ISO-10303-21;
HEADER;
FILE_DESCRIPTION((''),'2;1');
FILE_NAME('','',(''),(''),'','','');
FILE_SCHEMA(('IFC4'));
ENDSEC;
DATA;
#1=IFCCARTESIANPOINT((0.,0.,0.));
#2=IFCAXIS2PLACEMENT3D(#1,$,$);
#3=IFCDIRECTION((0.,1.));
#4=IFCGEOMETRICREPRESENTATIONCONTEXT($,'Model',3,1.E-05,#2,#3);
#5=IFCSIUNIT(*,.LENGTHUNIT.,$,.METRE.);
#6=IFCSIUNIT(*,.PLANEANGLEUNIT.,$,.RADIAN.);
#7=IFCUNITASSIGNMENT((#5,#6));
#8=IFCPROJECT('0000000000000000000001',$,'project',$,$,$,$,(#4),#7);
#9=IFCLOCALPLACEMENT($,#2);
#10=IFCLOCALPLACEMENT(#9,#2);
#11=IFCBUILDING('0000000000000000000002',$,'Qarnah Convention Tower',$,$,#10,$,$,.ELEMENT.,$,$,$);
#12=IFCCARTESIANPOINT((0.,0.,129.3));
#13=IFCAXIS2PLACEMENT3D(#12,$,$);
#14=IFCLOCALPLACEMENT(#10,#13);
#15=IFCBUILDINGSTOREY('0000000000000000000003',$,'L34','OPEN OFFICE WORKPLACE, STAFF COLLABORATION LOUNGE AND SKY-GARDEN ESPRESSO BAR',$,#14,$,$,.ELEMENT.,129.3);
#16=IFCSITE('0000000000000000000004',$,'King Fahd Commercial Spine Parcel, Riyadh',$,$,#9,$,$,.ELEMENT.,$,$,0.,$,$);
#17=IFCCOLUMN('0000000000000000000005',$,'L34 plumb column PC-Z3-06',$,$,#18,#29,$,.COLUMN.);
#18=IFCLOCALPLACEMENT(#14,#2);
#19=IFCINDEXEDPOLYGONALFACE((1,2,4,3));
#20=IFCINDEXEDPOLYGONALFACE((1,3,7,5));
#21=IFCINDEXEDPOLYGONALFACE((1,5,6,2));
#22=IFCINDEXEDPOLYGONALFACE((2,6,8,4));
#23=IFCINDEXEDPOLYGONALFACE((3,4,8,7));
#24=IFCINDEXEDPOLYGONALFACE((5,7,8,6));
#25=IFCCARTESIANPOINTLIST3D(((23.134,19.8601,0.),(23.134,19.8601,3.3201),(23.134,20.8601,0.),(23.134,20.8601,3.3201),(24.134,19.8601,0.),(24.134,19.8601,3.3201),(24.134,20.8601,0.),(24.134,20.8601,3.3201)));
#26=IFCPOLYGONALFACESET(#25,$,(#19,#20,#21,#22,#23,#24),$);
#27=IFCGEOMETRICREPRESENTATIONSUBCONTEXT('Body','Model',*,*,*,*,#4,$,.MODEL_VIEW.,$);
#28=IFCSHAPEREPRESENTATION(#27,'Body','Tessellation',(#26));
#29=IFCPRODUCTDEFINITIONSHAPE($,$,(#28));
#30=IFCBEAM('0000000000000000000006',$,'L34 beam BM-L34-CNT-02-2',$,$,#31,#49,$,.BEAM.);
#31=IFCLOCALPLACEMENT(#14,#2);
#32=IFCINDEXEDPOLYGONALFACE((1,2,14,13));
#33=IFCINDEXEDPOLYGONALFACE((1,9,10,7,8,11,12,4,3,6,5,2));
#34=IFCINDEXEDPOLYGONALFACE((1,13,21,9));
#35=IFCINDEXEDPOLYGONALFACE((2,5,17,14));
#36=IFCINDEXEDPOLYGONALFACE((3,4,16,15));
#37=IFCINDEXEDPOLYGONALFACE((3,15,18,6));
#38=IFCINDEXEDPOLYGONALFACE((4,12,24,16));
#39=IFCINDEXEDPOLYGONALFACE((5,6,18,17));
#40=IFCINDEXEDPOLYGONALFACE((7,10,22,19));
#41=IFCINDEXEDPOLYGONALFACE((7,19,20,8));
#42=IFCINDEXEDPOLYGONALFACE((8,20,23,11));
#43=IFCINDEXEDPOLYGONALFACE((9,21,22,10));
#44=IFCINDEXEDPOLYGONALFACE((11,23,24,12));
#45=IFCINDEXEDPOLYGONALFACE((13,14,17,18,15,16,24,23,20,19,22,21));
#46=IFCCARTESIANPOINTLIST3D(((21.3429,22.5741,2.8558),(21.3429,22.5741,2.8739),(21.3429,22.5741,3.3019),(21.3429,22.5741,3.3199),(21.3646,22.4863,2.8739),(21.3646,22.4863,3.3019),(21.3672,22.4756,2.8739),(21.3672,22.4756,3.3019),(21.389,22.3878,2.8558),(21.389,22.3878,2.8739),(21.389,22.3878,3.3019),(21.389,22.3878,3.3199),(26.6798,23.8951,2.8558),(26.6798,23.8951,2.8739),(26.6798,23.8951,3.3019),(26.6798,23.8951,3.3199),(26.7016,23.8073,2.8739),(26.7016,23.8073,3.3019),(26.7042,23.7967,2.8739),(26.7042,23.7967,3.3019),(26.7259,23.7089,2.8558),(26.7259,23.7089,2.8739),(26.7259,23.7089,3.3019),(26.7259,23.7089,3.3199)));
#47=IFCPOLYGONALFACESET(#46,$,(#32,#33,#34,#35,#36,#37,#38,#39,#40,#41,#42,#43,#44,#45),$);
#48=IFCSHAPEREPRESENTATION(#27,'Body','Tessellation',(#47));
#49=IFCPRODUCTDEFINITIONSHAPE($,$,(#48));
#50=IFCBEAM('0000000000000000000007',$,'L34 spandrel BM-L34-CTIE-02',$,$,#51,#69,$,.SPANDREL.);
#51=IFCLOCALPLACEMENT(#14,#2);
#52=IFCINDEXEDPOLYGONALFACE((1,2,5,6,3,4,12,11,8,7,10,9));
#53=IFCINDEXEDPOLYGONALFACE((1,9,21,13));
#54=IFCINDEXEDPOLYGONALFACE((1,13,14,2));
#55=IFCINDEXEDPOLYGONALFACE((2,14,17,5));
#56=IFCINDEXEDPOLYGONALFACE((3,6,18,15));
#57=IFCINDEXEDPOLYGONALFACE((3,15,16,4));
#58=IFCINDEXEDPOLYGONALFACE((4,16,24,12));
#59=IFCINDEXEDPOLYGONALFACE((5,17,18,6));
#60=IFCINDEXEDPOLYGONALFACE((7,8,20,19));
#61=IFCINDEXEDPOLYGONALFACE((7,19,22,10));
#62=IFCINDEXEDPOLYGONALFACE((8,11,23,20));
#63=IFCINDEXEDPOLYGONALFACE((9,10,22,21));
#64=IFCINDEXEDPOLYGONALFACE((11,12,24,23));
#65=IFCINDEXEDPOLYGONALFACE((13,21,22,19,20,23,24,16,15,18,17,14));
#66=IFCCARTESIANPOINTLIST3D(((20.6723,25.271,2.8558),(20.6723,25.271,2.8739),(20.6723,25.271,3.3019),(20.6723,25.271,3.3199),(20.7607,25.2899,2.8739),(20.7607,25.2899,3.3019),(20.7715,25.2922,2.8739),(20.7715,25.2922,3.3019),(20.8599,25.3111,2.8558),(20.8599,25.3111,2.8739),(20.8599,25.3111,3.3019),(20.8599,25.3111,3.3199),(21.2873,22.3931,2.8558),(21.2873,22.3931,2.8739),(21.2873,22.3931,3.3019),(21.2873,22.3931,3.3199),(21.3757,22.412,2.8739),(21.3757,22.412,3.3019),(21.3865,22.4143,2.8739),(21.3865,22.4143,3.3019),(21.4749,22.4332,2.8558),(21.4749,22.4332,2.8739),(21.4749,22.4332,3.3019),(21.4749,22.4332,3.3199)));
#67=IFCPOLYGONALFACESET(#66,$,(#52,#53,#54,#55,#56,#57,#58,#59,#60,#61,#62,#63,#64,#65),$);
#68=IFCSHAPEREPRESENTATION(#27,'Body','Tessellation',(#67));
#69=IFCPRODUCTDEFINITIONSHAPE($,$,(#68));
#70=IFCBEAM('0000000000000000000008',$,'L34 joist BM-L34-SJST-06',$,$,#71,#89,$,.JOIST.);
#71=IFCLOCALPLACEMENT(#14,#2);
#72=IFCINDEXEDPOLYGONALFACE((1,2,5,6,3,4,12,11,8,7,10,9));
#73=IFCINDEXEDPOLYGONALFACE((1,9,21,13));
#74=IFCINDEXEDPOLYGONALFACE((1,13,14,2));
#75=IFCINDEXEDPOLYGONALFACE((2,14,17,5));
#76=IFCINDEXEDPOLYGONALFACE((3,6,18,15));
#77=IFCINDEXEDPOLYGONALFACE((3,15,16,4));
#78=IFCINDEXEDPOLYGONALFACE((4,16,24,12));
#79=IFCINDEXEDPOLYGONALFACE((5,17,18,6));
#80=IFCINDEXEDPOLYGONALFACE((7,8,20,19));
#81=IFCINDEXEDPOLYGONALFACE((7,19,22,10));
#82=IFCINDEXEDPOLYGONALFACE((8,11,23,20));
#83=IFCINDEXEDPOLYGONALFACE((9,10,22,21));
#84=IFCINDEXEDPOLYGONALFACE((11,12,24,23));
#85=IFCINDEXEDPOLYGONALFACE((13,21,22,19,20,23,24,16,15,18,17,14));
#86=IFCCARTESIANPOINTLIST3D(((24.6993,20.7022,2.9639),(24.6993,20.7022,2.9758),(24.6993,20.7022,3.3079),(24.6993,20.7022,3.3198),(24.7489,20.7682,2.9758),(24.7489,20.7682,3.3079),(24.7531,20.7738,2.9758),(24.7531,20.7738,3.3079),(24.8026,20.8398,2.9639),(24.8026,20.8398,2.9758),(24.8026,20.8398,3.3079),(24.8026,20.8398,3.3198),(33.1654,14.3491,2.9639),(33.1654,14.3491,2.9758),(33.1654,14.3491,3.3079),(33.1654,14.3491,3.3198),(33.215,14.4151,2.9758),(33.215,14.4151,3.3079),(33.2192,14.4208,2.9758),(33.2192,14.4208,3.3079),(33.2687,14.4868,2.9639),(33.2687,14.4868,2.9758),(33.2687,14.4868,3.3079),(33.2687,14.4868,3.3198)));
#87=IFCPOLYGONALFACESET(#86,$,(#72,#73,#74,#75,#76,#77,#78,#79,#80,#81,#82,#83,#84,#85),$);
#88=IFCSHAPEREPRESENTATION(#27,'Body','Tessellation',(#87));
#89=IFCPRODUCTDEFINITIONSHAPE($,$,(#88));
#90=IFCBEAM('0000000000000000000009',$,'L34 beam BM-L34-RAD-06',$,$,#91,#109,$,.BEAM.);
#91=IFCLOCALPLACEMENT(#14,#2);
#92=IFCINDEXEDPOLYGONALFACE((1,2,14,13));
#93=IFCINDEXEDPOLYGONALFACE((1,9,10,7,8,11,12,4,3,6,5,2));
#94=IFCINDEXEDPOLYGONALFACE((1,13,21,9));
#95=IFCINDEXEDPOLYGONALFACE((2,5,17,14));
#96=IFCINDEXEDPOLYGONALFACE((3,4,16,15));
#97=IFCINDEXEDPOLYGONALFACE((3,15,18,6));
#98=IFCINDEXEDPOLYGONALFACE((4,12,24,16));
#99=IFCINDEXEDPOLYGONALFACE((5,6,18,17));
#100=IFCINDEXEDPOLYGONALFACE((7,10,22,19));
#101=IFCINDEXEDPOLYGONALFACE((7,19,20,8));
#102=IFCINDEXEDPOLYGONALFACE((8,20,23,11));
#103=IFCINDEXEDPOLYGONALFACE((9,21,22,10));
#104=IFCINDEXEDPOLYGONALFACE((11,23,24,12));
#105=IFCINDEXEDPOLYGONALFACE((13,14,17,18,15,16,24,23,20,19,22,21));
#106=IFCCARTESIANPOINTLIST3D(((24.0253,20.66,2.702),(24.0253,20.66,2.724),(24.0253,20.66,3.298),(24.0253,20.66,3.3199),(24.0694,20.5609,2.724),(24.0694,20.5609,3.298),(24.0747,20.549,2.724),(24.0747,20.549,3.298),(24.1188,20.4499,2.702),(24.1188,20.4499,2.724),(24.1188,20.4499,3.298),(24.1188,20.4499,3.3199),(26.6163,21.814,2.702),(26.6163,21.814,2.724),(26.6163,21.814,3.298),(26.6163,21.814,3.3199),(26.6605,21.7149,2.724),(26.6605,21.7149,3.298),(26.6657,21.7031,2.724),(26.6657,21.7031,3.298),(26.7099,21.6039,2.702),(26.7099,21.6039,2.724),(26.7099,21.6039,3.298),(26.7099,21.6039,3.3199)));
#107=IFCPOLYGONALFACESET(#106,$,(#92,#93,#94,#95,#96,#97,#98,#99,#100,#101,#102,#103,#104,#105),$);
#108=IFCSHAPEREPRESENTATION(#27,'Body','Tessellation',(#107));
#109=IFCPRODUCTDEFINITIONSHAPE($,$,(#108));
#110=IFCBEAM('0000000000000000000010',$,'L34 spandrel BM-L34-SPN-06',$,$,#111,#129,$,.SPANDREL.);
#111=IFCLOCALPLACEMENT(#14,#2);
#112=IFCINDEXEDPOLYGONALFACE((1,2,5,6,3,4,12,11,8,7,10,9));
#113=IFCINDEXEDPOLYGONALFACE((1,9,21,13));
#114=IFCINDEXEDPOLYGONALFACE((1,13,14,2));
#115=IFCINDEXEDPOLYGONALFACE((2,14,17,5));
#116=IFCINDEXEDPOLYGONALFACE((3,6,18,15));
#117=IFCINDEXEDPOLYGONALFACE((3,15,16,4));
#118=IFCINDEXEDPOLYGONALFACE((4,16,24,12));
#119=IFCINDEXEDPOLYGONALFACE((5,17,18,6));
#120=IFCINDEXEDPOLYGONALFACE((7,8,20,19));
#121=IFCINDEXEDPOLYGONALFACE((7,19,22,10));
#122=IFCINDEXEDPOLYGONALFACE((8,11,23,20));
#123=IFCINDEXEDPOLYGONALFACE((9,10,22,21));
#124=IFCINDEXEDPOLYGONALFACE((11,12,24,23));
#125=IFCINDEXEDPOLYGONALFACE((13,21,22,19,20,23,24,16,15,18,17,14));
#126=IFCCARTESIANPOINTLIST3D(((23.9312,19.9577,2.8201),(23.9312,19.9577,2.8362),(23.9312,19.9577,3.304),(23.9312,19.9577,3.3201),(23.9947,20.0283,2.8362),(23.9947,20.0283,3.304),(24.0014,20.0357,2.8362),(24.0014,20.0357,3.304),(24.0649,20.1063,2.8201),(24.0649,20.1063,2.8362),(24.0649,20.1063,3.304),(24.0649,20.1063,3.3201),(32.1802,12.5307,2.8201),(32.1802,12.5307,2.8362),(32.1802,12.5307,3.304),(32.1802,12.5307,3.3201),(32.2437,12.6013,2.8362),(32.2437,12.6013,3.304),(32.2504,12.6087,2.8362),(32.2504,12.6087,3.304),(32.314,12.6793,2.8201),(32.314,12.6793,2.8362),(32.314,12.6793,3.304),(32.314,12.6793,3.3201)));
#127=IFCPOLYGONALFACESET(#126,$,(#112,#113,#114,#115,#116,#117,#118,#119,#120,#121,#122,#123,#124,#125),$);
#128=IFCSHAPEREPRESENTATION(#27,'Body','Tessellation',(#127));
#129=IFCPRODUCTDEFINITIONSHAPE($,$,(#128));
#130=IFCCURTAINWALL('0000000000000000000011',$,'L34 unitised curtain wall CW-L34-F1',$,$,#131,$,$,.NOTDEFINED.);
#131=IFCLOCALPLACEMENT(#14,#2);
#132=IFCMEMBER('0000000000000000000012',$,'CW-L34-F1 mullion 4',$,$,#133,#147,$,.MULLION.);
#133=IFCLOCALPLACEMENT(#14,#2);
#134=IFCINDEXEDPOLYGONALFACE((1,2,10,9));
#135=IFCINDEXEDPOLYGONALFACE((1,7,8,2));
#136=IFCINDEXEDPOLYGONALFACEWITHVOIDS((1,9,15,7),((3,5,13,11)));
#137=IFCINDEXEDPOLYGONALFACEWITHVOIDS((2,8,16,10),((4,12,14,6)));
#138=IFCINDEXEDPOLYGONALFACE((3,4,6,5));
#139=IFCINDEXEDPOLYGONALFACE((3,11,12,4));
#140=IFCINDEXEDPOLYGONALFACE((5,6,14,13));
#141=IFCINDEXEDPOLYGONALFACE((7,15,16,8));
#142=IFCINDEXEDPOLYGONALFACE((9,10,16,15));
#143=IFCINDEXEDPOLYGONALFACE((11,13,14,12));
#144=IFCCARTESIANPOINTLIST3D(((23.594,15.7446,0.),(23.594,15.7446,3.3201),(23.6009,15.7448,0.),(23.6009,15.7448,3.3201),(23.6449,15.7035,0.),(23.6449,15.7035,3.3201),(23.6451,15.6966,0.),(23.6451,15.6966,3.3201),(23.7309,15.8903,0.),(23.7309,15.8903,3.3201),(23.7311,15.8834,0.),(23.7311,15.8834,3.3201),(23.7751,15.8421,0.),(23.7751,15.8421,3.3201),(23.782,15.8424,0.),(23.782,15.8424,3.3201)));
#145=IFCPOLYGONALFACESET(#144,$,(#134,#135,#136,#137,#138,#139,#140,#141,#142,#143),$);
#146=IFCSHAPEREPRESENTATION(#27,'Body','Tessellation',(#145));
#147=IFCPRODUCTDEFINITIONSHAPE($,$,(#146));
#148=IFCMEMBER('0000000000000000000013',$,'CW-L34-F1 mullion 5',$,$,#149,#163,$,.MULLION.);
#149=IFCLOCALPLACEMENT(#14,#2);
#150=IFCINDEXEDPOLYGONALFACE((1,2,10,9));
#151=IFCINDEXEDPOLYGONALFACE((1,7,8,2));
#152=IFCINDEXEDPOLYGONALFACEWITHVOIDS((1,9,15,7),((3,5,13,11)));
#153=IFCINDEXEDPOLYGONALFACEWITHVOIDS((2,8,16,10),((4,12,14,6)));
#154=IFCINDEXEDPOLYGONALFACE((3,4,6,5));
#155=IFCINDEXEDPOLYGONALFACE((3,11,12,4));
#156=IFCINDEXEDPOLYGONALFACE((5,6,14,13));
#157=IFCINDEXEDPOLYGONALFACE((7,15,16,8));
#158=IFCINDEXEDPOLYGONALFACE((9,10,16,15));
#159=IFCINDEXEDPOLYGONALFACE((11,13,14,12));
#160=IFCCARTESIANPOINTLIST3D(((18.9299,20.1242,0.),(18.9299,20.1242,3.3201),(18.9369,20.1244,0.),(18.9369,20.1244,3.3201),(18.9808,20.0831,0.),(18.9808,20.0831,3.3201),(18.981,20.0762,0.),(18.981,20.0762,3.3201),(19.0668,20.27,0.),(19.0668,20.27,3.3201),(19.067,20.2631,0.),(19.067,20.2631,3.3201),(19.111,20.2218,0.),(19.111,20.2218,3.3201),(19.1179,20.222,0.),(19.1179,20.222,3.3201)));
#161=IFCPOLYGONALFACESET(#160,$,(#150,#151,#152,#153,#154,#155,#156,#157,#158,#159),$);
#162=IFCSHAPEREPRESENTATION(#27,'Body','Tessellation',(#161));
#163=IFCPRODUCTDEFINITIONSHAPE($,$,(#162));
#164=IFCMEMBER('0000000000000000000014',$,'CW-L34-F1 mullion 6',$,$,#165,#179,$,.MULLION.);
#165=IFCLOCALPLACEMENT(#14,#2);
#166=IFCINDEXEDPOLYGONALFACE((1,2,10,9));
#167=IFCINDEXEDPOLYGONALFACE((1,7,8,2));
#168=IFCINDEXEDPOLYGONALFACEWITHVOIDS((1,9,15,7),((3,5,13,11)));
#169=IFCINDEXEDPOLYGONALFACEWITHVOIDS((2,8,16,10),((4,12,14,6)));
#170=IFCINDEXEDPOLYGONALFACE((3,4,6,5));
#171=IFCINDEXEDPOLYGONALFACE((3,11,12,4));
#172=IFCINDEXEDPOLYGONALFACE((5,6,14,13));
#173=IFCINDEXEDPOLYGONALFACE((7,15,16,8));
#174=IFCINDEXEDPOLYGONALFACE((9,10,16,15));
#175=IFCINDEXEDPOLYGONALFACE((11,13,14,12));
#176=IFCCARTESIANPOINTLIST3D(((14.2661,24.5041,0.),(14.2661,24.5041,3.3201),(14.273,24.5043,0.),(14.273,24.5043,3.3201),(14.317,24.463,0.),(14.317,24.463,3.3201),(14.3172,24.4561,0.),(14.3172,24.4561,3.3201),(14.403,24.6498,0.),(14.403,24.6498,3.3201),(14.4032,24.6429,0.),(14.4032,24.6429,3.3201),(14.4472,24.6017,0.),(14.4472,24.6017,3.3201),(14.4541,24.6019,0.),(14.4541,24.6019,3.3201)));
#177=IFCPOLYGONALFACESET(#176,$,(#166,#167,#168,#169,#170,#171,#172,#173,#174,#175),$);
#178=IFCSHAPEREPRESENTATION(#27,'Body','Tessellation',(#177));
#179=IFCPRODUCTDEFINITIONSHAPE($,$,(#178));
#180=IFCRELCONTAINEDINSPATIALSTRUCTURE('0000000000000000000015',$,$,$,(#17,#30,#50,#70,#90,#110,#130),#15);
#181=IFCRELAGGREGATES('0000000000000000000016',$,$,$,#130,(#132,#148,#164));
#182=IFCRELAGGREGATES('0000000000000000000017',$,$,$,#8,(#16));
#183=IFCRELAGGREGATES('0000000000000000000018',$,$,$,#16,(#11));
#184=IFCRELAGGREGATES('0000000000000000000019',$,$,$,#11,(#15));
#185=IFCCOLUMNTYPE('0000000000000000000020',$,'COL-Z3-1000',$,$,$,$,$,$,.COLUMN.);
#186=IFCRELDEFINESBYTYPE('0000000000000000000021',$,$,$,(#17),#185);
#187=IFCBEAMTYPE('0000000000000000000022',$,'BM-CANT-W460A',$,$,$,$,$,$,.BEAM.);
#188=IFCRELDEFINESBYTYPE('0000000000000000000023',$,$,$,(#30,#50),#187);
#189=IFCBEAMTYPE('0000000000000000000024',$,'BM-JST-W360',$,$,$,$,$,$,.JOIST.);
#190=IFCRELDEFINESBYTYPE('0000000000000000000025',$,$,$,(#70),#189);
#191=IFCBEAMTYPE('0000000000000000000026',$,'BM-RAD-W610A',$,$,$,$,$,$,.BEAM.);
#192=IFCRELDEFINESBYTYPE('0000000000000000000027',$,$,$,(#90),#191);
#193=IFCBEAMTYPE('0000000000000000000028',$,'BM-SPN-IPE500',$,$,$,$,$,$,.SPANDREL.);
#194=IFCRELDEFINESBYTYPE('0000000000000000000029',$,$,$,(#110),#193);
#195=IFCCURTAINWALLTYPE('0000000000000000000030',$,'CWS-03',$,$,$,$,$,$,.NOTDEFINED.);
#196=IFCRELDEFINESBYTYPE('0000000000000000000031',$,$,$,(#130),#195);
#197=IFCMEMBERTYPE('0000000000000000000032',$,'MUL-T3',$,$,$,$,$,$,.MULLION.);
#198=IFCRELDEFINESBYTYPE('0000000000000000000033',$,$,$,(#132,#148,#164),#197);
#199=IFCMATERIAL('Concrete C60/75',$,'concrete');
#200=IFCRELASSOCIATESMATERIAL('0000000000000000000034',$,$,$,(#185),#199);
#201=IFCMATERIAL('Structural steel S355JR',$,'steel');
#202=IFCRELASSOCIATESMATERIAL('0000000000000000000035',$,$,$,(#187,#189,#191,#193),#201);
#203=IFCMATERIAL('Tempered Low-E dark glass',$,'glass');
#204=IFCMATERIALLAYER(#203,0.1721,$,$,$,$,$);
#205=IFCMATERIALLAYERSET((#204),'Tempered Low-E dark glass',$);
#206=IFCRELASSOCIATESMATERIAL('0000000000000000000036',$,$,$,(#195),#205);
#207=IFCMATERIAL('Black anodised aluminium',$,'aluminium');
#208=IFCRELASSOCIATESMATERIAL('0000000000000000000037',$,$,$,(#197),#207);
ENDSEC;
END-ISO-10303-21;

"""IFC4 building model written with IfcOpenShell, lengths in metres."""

from ifc_helpers import new_model, si_unit, direction, frame, origin, origin_2d, place, context, subcontext, project, spatial, rectangle, hollow_rectangle, i_section, extrude, material, layer, layer_set, material_profile, profile_set, type_object, element, aggregate, save


model = new_model("IFC4")

# Units and contexts
model_context = context("Model", 3, precision=1e-05, world=origin(), true_north=direction((0.0, 1.0)))
body_context = subcontext(model_context, "Body", "Model", "MODEL_VIEW")
ifc_project = project(units=[si_unit("LENGTHUNIT", "METRE"), si_unit("PLANEANGLEUNIT", "RADIAN")], contexts=[model_context])

# Site, building, storey
site_placement = place(None, origin())
site = spatial("IfcSite", under=ifc_project, at=site_placement, Name="King Fahd Commercial Spine Parcel, Riyadh", CompositionType="ELEMENT", RefElevation=0.0)
building_placement = place(site_placement, origin())
building = spatial("IfcBuilding", under=site, at=building_placement, Name="Qarnah Convention Tower", CompositionType="ELEMENT")
storey_placement = place(building_placement, frame((0.0, 0.0, 129.3)))
storey = spatial("IfcBuildingStorey", under=building, at=storey_placement, Name="L34", Description="OPEN OFFICE WORKPLACE, STAFF COLLABORATION LOUNGE AND SKY-GARDEN ESPRESSO BAR", CompositionType="ELEMENT", Elevation=129.3)

# Column
ifc_material_1 = material(Name="Concrete C60/75", Category="concrete")
ifc_material_profile_1 = material_profile(ifc_material_1, rectangle(XDim=1.0, YDim=1.0, at=origin_2d()), Name="RC-COL-1000X1000")
ifc_profile_set_1 = profile_set([ifc_material_profile_1], Name="Concrete C60/75")
column_type = type_object("IfcColumnType", Name="COL-Z3-1000", PredefinedType="COLUMN", material=ifc_profile_set_1)
column_placement = place(storey_placement, frame((23.634, 20.3601, 0.0), z_axis=(0.0, 0.0, 1.0), x_axis=(1.0, 0.0, 0.0)))
element("IfcColumn", 1, at=column_placement, inside=storey, type_object=column_type, Name="L34 plumb column PC-Z3-06", PredefinedType="COLUMN", context=body_context, shape_type="SweptSolid", body=[
    extrude(rectangle(XDim=1.0, YDim=1.0, at=origin_2d()), origin(), (0.0, 0.0, 1.0), 3.3201),
])

# Beams
ifc_material_2 = material(Name="Structural steel S355JR", Category="steel")
ifc_material_profile_2 = material_profile(ifc_material_2, i_section(OverallWidth=0.1919, OverallDepth=0.4641, WebThickness=0.011, FlangeThickness=0.0181, at=origin_2d()), Name="W460X89")
ifc_profile_set_2 = profile_set([ifc_material_profile_2], Name="Structural steel S355JR")
beam_type_1 = type_object("IfcBeamType", Name="BM-CANT-W460A", PredefinedType="BEAM", material=ifc_profile_set_2)
beam_1_placement = place(storey_placement, frame((26.7029, 23.802, 3.0879), z_axis=(-0.970704, -0.240278, 0.0), x_axis=(0.240278, -0.970704, 0.0)))
element("IfcBeam", 2, at=beam_1_placement, inside=storey, type_object=beam_type_1, Name="L34 beam BM-L34-CNT-02-2", PredefinedType="BEAM", context=body_context, shape_type="SweptSolid", body=[
    extrude(i_section(OverallWidth=0.1919, OverallDepth=0.4641, WebThickness=0.011, FlangeThickness=0.0181, at=origin_2d()), origin(), (0.0, 0.0, 1.0), 5.498),
])
beam_2_placement = place(storey_placement, frame((20.7661, 25.291, 3.0879), z_axis=(0.208974, -0.977921, 0.0), x_axis=(0.977921, 0.208974, 0.0)))
element("IfcBeam", 3, at=beam_2_placement, inside=storey, type_object=beam_type_1, Name="L34 spandrel BM-L34-CTIE-02", PredefinedType="SPANDREL", context=body_context, shape_type="SweptSolid", body=[
    extrude(i_section(OverallWidth=0.1919, OverallDepth=0.4641, WebThickness=0.011, FlangeThickness=0.0181, at=origin_2d()), origin(), (0.0, 0.0, 1.0), 2.9429),
])
ifc_material_profile_3 = material_profile(ifc_material_2, i_section(OverallWidth=0.1721, OverallDepth=0.356, WebThickness=0.0071, FlangeThickness=0.012, at=origin_2d()), Name="W360X51")
ifc_profile_set_3 = profile_set([ifc_material_profile_3], Name="Structural steel S355JR")
beam_type_2 = type_object("IfcBeamType", Name="BM-JST-W360", PredefinedType="JOIST", material=ifc_profile_set_3)
beam_3_placement = place(storey_placement, frame((24.751, 20.771, 3.1418), z_axis=(0.799842, -0.60021, 0.0), x_axis=(0.60021, 0.799842, 0.0)))
element("IfcBeam", 4, at=beam_3_placement, inside=storey, type_object=beam_type_2, Name="L34 joist BM-L34-SJST-06", PredefinedType="JOIST", context=body_context, shape_type="SweptSolid", body=[
    extrude(i_section(OverallWidth=0.1721, OverallDepth=0.356, WebThickness=0.0071, FlangeThickness=0.012, at=origin_2d()), origin(), (0.0, 0.0, 1.0), 10.5847),
])
ifc_material_profile_4 = material_profile(ifc_material_2, i_section(OverallWidth=0.23, OverallDepth=0.6179, WebThickness=0.0129, FlangeThickness=0.022, at=origin_2d()), Name="W610X140")
ifc_profile_set_4 = profile_set([ifc_material_profile_4], Name="Structural steel S355JR")
beam_type_3 = type_object("IfcBeamType", Name="BM-RAD-W610A", PredefinedType="BEAM", material=ifc_profile_set_4)
beam_4_placement = place(storey_placement, frame((26.6631, 21.709, 3.011), z_axis=(-0.913488, -0.406865, 0.0), x_axis=(0.406865, -0.913488, 0.0)))
element("IfcBeam", 5, at=beam_4_placement, inside=storey, type_object=beam_type_3, Name="L34 beam BM-L34-RAD-06", PredefinedType="BEAM", context=body_context, shape_type="SweptSolid", body=[
    extrude(i_section(OverallWidth=0.23, OverallDepth=0.6179, WebThickness=0.0129, FlangeThickness=0.022, at=origin_2d()), origin(), (0.0, 0.0, 1.0), 2.8364),
])
ifc_material_profile_5 = material_profile(ifc_material_2, i_section(OverallWidth=0.2, OverallDepth=0.5, WebThickness=0.01, FlangeThickness=0.0161, at=origin_2d()), Name="IPE500")
ifc_profile_set_5 = profile_set([ifc_material_profile_5], Name="Structural steel S355JR")
beam_type_4 = type_object("IfcBeamType", Name="BM-SPN-IPE500", PredefinedType="SPANDREL", material=ifc_profile_set_5)
beam_5_placement = place(storey_placement, frame((23.998, 20.032, 3.0701), z_axis=(0.743165, -0.669108, 0.0), x_axis=(0.669108, 0.743165, 0.0)))
element("IfcBeam", 6, at=beam_5_placement, inside=storey, type_object=beam_type_4, Name="L34 spandrel BM-L34-SPN-06", PredefinedType="SPANDREL", context=body_context, shape_type="SweptSolid", body=[
    extrude(i_section(OverallWidth=0.2, OverallDepth=0.5, WebThickness=0.01, FlangeThickness=0.0161, at=origin_2d()), origin(), (0.0, 0.0, 1.0), 11.0999),
])

# Curtain wall, members
ifc_material_3 = material(Name="Tempered Low-E dark glass", Category="glass")
ifc_layer_1 = layer(ifc_material_3, 0.1721)
ifc_layer_set_1 = layer_set([ifc_layer_1], Name="Tempered Low-E dark glass")
curtain_wall_type = type_object("IfcCurtainWallType", Name="CWS-03", PredefinedType="NOTDEFINED", material=ifc_layer_set_1)
curtain_wall_placement = place(storey_placement, origin())
curtain_wall = element("IfcCurtainWall", 7, at=curtain_wall_placement, inside=storey, type_object=curtain_wall_type, Name="L34 unitised curtain wall CW-L34-F1", PredefinedType="NOTDEFINED")
ifc_material_4 = material(Name="Black anodised aluminium", Category="aluminium")
ifc_material_profile_6 = material_profile(ifc_material_4, hollow_rectangle(XDim=0.0701, YDim=0.2, WallThickness=0.0049, at=origin_2d()), Name="MUL-70X200")
ifc_profile_set_6 = profile_set([ifc_material_profile_6], Name="Black anodised aluminium")
member_type = type_object("IfcMemberType", Name="MUL-T3", PredefinedType="MULLION", material=ifc_profile_set_6)
member_1_placement = place(storey_placement, frame((23.688, 15.7935, 0.0), z_axis=(0.0, 0.0, 1.0), x_axis=(-0.728968, 0.684548, 0.0)))
member_1 = element("IfcMember", 8, at=member_1_placement, type_object=member_type, Name="CW-L34-F1 mullion 4", PredefinedType="MULLION", context=body_context, shape_type="SweptSolid", body=[
    extrude(hollow_rectangle(XDim=0.0701, YDim=0.2, WallThickness=0.0049, at=origin_2d()), origin(), (0.0, 0.0, 1.0), 3.3201),
])
member_2_placement = place(storey_placement, frame((19.0239, 20.1731, 0.0), z_axis=(0.0, 0.0, 1.0), x_axis=(-0.728968, 0.684548, 0.0)))
member_2 = element("IfcMember", 9, at=member_2_placement, type_object=member_type, Name="CW-L34-F1 mullion 5", PredefinedType="MULLION", context=body_context, shape_type="SweptSolid", body=[
    extrude(hollow_rectangle(XDim=0.0701, YDim=0.2, WallThickness=0.0049, at=origin_2d()), origin(), (0.0, 0.0, 1.0), 3.3201),
])
member_3_placement = place(storey_placement, frame((14.3601, 24.553, 0.0), z_axis=(0.0, 0.0, 1.0), x_axis=(-0.728968, 0.684548, 0.0)))
member_3 = element("IfcMember", 10, at=member_3_placement, type_object=member_type, Name="CW-L34-F1 mullion 6", PredefinedType="MULLION", context=body_context, shape_type="SweptSolid", body=[
    extrude(hollow_rectangle(XDim=0.0701, YDim=0.2, WallThickness=0.0049, at=origin_2d()), origin(), (0.0, 0.0, 1.0), 3.3201),
])
aggregate(curtain_wall, [member_1, member_2, member_3])

save(model, "model.ifc")
